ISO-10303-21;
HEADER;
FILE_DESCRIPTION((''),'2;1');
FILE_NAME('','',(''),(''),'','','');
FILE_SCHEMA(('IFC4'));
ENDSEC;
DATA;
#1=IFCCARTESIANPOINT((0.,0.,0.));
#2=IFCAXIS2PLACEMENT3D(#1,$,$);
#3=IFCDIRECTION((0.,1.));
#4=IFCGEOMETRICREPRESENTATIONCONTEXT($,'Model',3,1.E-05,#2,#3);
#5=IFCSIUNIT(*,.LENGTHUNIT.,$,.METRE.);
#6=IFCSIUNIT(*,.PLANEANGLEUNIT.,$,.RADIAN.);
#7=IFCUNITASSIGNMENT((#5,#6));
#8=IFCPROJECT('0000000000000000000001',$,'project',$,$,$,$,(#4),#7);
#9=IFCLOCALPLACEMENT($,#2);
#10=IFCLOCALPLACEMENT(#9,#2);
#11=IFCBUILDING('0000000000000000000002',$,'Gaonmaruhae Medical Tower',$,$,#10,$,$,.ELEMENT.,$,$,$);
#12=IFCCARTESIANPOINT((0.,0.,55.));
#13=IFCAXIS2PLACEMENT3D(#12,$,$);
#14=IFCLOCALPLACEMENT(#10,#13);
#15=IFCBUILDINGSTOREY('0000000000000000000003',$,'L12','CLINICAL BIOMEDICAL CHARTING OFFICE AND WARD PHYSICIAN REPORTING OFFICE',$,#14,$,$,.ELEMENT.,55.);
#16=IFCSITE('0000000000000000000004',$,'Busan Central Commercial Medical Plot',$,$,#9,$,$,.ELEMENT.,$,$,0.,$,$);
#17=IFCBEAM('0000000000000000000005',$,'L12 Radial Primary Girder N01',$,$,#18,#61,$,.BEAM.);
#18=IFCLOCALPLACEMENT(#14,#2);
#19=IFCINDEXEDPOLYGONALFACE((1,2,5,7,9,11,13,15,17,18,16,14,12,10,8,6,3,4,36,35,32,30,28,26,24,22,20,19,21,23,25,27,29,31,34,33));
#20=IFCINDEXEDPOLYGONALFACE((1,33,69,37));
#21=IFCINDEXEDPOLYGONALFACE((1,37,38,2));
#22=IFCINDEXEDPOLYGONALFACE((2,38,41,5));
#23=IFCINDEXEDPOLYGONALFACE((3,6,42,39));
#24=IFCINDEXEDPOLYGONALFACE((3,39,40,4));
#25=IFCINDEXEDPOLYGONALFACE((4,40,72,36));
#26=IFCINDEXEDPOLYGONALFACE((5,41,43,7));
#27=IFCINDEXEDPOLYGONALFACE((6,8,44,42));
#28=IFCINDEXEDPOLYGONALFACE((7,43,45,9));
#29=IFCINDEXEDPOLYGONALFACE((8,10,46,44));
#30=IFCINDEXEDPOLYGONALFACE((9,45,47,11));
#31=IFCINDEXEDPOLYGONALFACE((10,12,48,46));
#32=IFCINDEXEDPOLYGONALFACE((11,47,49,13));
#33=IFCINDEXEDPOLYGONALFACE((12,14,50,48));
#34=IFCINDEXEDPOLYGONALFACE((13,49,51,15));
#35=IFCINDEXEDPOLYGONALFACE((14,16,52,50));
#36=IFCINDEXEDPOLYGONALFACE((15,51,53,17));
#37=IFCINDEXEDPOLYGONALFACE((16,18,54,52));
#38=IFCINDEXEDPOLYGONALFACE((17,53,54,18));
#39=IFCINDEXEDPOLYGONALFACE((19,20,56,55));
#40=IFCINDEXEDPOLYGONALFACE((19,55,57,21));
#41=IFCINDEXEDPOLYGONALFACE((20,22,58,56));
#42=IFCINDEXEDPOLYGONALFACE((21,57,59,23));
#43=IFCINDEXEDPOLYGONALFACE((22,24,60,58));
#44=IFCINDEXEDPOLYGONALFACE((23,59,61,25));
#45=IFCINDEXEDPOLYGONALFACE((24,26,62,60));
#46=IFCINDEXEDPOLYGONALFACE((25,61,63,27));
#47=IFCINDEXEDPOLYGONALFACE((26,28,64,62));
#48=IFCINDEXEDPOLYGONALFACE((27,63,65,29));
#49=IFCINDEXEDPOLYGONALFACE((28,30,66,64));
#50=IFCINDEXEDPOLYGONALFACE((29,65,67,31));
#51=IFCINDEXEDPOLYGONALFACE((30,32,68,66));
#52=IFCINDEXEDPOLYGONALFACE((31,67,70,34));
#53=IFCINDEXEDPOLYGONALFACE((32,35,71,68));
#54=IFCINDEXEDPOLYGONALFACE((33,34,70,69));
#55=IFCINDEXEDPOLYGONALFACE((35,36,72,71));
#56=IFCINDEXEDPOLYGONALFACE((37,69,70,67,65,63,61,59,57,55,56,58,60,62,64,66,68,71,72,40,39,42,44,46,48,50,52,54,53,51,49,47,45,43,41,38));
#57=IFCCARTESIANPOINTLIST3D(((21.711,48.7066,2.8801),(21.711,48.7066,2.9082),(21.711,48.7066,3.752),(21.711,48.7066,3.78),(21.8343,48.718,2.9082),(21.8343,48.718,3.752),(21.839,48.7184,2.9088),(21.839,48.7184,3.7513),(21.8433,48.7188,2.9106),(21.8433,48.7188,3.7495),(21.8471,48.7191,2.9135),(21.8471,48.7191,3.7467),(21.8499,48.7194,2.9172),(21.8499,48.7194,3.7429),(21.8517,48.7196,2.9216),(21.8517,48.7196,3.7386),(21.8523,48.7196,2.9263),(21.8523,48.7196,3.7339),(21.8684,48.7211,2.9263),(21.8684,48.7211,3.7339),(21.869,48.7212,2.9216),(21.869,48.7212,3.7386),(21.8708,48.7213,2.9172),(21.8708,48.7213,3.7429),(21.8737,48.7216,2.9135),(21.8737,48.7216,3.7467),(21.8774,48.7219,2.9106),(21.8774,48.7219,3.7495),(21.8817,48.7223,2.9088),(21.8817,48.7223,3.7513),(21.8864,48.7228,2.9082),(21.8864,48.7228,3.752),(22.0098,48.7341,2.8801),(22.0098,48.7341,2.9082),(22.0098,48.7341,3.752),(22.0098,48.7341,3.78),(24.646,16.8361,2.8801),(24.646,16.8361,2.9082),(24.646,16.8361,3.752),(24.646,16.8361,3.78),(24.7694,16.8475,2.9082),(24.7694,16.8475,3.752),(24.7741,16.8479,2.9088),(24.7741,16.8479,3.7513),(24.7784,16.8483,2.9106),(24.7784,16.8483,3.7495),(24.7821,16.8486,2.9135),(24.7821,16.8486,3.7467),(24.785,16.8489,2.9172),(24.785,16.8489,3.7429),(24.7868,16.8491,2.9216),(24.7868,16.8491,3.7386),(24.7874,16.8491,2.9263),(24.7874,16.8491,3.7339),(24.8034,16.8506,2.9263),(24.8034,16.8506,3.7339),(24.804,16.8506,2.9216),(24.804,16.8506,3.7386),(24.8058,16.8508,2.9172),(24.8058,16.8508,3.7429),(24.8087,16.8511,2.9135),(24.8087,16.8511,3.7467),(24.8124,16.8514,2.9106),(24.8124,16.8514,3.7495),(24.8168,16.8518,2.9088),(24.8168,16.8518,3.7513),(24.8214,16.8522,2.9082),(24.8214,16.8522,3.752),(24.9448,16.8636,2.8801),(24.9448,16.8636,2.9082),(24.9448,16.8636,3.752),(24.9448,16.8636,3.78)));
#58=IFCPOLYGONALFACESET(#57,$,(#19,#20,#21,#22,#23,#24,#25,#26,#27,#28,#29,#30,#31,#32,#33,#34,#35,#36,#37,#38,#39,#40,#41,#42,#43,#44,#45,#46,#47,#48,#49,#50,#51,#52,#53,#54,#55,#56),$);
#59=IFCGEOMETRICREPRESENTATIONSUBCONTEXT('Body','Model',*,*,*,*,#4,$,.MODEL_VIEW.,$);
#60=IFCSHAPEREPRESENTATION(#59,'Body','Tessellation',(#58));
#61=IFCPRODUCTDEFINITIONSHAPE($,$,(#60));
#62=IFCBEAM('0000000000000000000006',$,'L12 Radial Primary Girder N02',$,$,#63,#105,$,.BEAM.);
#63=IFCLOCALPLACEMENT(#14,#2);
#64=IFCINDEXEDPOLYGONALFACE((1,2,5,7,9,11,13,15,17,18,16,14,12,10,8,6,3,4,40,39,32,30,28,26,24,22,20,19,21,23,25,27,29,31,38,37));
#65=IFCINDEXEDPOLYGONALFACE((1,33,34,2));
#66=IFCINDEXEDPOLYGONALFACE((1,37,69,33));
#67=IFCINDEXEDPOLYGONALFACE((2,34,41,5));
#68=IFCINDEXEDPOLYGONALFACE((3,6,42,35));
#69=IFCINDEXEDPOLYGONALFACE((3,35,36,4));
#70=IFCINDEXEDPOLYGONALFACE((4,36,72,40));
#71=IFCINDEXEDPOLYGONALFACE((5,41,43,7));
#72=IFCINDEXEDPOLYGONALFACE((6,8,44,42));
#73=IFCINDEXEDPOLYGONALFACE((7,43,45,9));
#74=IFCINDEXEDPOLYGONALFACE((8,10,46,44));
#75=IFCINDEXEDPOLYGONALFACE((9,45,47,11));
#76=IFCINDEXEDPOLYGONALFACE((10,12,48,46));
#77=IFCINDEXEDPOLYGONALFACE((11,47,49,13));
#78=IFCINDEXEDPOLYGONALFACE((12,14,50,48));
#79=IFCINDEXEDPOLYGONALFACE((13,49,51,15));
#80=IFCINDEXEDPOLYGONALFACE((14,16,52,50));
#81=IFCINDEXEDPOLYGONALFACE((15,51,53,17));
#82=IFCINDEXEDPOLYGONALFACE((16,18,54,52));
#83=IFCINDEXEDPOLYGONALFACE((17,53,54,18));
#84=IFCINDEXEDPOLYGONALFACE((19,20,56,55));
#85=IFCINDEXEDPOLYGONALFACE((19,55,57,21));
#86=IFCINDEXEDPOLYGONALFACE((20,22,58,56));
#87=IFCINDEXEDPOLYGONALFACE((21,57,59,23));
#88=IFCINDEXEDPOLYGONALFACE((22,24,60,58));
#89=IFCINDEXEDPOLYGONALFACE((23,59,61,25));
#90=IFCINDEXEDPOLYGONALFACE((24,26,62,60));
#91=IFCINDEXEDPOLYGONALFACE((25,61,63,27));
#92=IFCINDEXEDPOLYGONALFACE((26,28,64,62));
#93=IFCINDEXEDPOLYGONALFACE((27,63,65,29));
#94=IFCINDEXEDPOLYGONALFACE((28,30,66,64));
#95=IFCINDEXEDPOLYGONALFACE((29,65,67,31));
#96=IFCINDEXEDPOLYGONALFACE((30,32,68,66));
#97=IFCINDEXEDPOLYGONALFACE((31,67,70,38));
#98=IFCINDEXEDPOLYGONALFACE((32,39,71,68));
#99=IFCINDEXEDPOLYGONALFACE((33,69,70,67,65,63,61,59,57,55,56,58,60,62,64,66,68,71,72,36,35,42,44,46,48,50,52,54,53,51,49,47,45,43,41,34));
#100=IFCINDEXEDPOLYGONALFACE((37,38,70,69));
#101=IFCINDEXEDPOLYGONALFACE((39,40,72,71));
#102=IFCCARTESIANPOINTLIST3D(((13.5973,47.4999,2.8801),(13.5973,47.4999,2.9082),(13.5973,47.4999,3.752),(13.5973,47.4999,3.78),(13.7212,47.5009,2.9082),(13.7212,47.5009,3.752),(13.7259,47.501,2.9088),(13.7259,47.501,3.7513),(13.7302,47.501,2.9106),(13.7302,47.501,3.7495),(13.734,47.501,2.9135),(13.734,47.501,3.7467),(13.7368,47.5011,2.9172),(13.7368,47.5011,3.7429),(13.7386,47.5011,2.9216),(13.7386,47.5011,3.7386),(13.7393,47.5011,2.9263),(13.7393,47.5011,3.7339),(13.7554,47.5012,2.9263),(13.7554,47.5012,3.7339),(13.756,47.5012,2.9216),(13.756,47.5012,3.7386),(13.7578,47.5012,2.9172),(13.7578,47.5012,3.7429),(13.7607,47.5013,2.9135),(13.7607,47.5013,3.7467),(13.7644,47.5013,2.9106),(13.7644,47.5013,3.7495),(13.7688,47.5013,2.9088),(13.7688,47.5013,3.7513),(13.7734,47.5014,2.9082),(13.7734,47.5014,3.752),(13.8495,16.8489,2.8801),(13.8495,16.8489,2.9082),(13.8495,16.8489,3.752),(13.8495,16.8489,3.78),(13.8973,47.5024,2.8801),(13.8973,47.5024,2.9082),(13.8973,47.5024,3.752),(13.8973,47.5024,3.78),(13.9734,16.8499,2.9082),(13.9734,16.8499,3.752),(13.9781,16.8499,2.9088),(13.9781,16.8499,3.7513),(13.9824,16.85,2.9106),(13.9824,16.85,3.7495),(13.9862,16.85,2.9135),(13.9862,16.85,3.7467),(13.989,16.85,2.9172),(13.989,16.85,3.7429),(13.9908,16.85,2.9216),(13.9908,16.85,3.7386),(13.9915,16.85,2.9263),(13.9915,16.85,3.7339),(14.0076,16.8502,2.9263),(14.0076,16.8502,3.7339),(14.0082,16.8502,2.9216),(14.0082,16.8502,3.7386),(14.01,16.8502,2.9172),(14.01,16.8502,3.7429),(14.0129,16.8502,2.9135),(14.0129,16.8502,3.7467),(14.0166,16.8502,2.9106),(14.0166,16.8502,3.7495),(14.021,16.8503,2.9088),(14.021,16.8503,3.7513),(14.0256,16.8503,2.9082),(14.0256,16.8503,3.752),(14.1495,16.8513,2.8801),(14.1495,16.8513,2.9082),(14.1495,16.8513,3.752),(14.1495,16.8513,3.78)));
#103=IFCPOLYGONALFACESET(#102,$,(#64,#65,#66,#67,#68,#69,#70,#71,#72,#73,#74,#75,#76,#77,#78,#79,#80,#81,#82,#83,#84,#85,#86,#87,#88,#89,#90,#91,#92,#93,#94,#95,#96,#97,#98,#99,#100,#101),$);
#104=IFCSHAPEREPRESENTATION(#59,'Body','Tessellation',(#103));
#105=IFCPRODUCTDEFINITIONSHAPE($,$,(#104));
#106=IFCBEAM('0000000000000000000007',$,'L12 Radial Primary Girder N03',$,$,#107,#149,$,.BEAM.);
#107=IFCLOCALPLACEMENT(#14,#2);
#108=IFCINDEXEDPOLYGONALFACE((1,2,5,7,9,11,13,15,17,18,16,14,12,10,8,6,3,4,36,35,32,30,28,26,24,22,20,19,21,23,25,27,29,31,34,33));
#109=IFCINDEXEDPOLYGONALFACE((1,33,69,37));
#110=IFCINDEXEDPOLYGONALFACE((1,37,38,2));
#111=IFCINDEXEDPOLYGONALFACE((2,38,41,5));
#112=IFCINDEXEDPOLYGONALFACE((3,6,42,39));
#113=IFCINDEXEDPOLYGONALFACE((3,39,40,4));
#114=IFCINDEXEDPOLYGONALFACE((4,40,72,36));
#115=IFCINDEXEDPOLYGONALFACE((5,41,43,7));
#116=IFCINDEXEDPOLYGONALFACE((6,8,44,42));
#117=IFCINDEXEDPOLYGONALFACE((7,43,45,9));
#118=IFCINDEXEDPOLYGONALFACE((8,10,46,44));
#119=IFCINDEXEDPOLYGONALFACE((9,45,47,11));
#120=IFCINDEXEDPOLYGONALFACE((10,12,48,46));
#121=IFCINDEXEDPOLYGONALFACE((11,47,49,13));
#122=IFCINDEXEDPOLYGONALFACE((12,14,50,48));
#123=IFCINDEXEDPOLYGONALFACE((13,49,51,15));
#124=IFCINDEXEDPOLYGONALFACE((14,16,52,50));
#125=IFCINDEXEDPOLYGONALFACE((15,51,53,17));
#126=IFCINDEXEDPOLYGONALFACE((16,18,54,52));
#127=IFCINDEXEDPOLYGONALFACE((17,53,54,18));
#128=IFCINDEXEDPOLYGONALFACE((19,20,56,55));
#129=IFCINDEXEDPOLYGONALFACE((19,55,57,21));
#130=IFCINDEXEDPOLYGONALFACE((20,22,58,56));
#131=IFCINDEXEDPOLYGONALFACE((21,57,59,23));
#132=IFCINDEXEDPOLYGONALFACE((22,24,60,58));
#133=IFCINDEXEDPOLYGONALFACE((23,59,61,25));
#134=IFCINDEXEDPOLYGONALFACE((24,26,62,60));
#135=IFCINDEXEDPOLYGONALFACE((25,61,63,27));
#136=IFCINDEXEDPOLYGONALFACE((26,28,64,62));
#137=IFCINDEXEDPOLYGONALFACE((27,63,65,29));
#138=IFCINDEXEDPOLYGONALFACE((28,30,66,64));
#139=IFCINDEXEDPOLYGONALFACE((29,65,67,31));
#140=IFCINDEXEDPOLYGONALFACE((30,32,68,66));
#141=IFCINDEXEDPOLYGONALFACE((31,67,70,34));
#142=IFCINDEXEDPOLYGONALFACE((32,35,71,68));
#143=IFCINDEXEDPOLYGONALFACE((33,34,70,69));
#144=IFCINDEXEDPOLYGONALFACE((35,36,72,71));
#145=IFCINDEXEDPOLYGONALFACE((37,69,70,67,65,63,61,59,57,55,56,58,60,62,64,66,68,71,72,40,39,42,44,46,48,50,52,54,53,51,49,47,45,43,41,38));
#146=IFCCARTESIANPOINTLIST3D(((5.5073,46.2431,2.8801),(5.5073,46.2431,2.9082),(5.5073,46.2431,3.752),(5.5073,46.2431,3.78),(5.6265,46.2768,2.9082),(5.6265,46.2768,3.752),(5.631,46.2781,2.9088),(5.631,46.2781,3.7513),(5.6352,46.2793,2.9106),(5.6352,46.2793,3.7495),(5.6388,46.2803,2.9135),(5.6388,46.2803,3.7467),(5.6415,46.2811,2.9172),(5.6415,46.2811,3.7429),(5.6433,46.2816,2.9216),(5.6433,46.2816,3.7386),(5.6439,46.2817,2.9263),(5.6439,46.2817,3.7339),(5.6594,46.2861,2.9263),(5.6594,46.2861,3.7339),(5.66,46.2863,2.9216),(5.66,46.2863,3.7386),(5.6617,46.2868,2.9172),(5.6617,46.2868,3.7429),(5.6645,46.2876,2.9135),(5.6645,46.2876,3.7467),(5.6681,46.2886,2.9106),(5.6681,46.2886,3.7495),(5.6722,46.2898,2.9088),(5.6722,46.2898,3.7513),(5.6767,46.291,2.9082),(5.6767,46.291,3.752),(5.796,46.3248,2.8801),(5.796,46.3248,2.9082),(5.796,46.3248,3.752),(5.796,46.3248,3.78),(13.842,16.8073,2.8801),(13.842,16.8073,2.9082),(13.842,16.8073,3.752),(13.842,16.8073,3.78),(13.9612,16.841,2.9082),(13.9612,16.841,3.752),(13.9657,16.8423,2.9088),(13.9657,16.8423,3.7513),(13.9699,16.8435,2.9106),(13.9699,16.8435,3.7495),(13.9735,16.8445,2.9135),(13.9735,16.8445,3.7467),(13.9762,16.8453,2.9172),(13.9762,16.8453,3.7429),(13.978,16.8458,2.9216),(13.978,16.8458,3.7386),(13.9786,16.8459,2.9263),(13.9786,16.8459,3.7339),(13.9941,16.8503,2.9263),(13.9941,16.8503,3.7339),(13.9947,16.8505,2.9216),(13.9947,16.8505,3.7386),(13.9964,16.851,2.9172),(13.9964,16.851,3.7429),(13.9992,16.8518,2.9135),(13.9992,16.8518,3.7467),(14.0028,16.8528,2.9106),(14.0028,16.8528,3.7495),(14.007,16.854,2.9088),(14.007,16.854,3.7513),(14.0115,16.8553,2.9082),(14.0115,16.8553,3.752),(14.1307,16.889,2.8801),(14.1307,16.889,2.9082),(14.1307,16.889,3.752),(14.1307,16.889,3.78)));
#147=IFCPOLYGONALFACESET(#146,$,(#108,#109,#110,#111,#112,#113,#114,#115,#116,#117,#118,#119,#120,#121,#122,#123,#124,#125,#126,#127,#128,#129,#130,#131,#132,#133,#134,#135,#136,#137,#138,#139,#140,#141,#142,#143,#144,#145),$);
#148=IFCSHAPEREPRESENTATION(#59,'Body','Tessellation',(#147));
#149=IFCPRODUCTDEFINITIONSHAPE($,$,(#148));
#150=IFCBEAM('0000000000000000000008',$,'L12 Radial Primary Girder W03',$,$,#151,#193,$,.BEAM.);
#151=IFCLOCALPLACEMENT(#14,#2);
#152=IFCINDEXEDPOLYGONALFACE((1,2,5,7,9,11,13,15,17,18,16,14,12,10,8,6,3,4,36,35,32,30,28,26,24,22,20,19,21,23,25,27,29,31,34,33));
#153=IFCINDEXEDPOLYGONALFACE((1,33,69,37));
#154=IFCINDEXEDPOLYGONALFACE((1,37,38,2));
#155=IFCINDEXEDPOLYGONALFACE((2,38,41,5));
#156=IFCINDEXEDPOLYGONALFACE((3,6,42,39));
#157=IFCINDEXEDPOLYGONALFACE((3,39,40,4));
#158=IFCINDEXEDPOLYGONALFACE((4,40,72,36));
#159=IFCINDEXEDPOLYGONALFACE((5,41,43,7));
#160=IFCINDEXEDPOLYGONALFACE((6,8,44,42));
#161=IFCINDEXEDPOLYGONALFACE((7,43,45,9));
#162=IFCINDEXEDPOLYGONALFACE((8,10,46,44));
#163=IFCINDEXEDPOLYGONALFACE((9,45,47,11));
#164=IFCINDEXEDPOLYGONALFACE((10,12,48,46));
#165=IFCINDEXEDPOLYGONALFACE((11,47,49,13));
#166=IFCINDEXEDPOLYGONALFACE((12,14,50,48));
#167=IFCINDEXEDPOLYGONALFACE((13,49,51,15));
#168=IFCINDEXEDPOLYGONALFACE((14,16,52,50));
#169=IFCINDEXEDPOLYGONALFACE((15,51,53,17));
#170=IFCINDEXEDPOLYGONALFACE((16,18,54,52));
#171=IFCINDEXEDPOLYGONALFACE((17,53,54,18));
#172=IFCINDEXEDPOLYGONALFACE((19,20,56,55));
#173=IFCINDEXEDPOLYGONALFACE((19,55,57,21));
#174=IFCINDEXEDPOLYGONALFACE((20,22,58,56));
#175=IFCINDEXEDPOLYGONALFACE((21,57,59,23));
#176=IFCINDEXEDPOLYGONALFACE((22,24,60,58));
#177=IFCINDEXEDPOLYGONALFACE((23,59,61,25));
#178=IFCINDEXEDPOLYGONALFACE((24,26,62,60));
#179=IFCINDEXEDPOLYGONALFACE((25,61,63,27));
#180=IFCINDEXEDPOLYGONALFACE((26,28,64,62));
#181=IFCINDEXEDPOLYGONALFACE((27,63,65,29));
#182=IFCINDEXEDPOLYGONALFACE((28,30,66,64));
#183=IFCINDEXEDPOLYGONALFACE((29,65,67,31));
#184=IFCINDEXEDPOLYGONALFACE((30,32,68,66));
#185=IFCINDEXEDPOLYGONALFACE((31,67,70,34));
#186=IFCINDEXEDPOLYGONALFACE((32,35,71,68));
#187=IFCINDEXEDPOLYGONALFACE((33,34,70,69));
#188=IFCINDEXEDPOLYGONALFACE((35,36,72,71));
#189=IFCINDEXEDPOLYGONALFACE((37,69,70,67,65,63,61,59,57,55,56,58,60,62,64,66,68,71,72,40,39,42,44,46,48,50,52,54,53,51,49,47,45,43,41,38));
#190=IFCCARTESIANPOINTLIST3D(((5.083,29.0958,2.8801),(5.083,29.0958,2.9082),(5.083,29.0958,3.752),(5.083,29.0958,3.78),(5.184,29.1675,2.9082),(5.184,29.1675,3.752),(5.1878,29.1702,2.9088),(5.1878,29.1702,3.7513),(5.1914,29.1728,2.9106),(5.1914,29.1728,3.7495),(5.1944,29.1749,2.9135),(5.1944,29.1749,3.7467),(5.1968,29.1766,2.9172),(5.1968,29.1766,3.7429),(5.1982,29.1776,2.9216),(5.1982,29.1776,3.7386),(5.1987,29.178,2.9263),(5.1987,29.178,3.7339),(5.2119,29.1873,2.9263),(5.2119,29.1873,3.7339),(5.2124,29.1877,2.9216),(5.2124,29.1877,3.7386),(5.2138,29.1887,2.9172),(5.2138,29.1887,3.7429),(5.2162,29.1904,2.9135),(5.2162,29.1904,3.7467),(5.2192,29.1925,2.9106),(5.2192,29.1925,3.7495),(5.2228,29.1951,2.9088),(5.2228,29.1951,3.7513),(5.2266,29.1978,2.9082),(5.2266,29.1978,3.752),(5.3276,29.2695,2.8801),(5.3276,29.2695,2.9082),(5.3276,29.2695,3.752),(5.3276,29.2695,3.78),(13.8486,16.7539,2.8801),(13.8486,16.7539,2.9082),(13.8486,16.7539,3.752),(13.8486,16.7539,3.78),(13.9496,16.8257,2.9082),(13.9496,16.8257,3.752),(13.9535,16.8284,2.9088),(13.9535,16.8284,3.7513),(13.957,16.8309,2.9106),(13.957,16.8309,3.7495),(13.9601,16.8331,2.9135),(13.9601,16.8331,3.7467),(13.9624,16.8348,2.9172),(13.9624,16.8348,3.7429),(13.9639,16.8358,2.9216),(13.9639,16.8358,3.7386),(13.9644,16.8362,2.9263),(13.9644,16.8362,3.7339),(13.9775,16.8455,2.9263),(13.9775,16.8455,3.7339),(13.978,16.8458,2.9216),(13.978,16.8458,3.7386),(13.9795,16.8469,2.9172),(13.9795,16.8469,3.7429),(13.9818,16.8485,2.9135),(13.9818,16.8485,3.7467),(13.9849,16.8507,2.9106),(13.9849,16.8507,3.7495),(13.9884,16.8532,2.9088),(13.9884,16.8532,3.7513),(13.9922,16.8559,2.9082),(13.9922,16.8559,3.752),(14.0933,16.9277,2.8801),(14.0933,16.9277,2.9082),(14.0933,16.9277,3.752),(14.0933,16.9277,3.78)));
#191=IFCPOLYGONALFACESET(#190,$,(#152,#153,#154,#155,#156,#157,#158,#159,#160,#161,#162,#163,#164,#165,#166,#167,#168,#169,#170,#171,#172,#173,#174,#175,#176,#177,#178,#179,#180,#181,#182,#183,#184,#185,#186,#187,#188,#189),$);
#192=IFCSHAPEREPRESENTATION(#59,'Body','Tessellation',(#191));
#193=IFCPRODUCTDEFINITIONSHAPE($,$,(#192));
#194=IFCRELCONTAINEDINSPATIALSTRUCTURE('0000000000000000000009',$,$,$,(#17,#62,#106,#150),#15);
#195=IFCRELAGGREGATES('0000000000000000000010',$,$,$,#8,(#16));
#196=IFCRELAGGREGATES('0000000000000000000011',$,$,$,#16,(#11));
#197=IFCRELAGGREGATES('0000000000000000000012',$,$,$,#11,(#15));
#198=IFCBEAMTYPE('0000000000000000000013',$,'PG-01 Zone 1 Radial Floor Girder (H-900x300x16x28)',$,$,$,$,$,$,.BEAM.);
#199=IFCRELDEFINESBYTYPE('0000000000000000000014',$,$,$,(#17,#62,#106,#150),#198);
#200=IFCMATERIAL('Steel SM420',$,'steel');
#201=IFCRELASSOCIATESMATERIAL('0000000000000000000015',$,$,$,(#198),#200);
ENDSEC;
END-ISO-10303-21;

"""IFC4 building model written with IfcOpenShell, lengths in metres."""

from ifc_helpers import new_model, si_unit, direction, frame, origin, origin_2d, place, context, subcontext, project, spatial, i_section, extrude, material, material_profile, profile_set, type_object, element, save


model = new_model("IFC4")

# Units and contexts
model_context = context("Model", 3, precision=1e-05, world=origin(), true_north=direction((0.0, 1.0)))
body_context = subcontext(model_context, "Body", "Model", "MODEL_VIEW")
ifc_project = project(units=[si_unit("LENGTHUNIT", "METRE"), si_unit("PLANEANGLEUNIT", "RADIAN")], contexts=[model_context])

# Site, building, storey
site_placement = place(None, origin())
site = spatial("IfcSite", under=ifc_project, at=site_placement, Name="Busan Central Commercial Medical Plot", CompositionType="ELEMENT", RefElevation=0.0)
building_placement = place(site_placement, origin())
building = spatial("IfcBuilding", under=site, at=building_placement, Name="Gaonmaruhae Medical Tower", CompositionType="ELEMENT")
storey_placement = place(building_placement, frame((0.0, 0.0, 55.0)))
storey = spatial("IfcBuildingStorey", under=building, at=storey_placement, Name="L12", Description="CLINICAL BIOMEDICAL CHARTING OFFICE AND WARD PHYSICIAN REPORTING OFFICE", CompositionType="ELEMENT", Elevation=55.0)

# Beams
ifc_material_1 = material(Name="Steel SM420", Category="steel")
ifc_material_profile_1 = material_profile(ifc_material_1, i_section(OverallWidth=0.3, OverallDepth=0.8999, WebThickness=0.0161, FlangeThickness=0.0281, FilletRadius=0.0181, at=origin_2d()), Name="H-900x300x16x28")
ifc_profile_set_1 = profile_set([ifc_material_profile_1], Name="Steel SM420")
beam_type_1 = type_object("IfcBeamType", Name="PG-01 Zone 1 Radial Floor Girder (H-900x300x16x28)", PredefinedType="BEAM", material=ifc_profile_set_1)
beam_1_placement = place(storey_placement, frame((24.7954, 16.8499, 3.3301), z_axis=(-0.091705, 0.995786, 0.0), x_axis=(-0.995786, -0.091705, 0.0)))
element("IfcBeam", 1, at=beam_1_placement, inside=storey, type_object=beam_type_1, Name="L12 Radial Primary Girder N01", PredefinedType="BEAM", context=body_context, shape_type="SweptSolid", body=[
    extrude(i_section(OverallWidth=0.3, OverallDepth=0.8999, WebThickness=0.0161, FlangeThickness=0.0281, FilletRadius=0.0181, at=origin_2d()), origin(), (0.0, 0.0, 1.0), 32.0054),
])
beam_2_placement = place(storey_placement, frame((13.9995, 16.8501, 3.3301), z_axis=(-0.008228, 0.999966, 0.0), x_axis=(-0.999966, -0.008228, 0.0)))
element("IfcBeam", 2, at=beam_2_placement, inside=storey, type_object=beam_type_1, Name="L12 Radial Primary Girder N02", PredefinedType="BEAM", context=body_context, shape_type="SweptSolid", body=[
    extrude(i_section(OverallWidth=0.3, OverallDepth=0.8999, WebThickness=0.0161, FlangeThickness=0.0281, FilletRadius=0.0181, at=origin_2d()), origin(), (0.0, 0.0, 1.0), 30.6521),
])
beam_3_placement = place(storey_placement, frame((13.9863, 16.8481, 3.3301), z_axis=(-0.272438, 0.962173, 0.0), x_axis=(-0.962173, -0.272438, 0.0)))
element("IfcBeam", 3, at=beam_3_placement, inside=storey, type_object=beam_type_1, Name="L12 Radial Primary Girder N03", PredefinedType="BEAM", context=body_context, shape_type="SweptSolid", body=[
    extrude(i_section(OverallWidth=0.3, OverallDepth=0.8999, WebThickness=0.0161, FlangeThickness=0.0281, FilletRadius=0.0181, at=origin_2d()), origin(), (0.0, 0.0, 1.0), 30.593),
])
beam_4_placement = place(storey_placement, frame((13.9709, 16.8408, 3.3301), z_axis=(-0.579051, 0.815291, 0.0), x_axis=(-0.815291, -0.579051, 0.0)))
element("IfcBeam", 4, at=beam_4_placement, inside=storey, type_object=beam_type_1, Name="L12 Radial Primary Girder W03", PredefinedType="BEAM", context=body_context, shape_type="SweptSolid", body=[
    extrude(i_section(OverallWidth=0.3, OverallDepth=0.8999, WebThickness=0.0161, FlangeThickness=0.0281, FilletRadius=0.0181, at=origin_2d()), origin(), (0.0, 0.0, 1.0), 15.1379),
])

save(model, "model.ifc")
